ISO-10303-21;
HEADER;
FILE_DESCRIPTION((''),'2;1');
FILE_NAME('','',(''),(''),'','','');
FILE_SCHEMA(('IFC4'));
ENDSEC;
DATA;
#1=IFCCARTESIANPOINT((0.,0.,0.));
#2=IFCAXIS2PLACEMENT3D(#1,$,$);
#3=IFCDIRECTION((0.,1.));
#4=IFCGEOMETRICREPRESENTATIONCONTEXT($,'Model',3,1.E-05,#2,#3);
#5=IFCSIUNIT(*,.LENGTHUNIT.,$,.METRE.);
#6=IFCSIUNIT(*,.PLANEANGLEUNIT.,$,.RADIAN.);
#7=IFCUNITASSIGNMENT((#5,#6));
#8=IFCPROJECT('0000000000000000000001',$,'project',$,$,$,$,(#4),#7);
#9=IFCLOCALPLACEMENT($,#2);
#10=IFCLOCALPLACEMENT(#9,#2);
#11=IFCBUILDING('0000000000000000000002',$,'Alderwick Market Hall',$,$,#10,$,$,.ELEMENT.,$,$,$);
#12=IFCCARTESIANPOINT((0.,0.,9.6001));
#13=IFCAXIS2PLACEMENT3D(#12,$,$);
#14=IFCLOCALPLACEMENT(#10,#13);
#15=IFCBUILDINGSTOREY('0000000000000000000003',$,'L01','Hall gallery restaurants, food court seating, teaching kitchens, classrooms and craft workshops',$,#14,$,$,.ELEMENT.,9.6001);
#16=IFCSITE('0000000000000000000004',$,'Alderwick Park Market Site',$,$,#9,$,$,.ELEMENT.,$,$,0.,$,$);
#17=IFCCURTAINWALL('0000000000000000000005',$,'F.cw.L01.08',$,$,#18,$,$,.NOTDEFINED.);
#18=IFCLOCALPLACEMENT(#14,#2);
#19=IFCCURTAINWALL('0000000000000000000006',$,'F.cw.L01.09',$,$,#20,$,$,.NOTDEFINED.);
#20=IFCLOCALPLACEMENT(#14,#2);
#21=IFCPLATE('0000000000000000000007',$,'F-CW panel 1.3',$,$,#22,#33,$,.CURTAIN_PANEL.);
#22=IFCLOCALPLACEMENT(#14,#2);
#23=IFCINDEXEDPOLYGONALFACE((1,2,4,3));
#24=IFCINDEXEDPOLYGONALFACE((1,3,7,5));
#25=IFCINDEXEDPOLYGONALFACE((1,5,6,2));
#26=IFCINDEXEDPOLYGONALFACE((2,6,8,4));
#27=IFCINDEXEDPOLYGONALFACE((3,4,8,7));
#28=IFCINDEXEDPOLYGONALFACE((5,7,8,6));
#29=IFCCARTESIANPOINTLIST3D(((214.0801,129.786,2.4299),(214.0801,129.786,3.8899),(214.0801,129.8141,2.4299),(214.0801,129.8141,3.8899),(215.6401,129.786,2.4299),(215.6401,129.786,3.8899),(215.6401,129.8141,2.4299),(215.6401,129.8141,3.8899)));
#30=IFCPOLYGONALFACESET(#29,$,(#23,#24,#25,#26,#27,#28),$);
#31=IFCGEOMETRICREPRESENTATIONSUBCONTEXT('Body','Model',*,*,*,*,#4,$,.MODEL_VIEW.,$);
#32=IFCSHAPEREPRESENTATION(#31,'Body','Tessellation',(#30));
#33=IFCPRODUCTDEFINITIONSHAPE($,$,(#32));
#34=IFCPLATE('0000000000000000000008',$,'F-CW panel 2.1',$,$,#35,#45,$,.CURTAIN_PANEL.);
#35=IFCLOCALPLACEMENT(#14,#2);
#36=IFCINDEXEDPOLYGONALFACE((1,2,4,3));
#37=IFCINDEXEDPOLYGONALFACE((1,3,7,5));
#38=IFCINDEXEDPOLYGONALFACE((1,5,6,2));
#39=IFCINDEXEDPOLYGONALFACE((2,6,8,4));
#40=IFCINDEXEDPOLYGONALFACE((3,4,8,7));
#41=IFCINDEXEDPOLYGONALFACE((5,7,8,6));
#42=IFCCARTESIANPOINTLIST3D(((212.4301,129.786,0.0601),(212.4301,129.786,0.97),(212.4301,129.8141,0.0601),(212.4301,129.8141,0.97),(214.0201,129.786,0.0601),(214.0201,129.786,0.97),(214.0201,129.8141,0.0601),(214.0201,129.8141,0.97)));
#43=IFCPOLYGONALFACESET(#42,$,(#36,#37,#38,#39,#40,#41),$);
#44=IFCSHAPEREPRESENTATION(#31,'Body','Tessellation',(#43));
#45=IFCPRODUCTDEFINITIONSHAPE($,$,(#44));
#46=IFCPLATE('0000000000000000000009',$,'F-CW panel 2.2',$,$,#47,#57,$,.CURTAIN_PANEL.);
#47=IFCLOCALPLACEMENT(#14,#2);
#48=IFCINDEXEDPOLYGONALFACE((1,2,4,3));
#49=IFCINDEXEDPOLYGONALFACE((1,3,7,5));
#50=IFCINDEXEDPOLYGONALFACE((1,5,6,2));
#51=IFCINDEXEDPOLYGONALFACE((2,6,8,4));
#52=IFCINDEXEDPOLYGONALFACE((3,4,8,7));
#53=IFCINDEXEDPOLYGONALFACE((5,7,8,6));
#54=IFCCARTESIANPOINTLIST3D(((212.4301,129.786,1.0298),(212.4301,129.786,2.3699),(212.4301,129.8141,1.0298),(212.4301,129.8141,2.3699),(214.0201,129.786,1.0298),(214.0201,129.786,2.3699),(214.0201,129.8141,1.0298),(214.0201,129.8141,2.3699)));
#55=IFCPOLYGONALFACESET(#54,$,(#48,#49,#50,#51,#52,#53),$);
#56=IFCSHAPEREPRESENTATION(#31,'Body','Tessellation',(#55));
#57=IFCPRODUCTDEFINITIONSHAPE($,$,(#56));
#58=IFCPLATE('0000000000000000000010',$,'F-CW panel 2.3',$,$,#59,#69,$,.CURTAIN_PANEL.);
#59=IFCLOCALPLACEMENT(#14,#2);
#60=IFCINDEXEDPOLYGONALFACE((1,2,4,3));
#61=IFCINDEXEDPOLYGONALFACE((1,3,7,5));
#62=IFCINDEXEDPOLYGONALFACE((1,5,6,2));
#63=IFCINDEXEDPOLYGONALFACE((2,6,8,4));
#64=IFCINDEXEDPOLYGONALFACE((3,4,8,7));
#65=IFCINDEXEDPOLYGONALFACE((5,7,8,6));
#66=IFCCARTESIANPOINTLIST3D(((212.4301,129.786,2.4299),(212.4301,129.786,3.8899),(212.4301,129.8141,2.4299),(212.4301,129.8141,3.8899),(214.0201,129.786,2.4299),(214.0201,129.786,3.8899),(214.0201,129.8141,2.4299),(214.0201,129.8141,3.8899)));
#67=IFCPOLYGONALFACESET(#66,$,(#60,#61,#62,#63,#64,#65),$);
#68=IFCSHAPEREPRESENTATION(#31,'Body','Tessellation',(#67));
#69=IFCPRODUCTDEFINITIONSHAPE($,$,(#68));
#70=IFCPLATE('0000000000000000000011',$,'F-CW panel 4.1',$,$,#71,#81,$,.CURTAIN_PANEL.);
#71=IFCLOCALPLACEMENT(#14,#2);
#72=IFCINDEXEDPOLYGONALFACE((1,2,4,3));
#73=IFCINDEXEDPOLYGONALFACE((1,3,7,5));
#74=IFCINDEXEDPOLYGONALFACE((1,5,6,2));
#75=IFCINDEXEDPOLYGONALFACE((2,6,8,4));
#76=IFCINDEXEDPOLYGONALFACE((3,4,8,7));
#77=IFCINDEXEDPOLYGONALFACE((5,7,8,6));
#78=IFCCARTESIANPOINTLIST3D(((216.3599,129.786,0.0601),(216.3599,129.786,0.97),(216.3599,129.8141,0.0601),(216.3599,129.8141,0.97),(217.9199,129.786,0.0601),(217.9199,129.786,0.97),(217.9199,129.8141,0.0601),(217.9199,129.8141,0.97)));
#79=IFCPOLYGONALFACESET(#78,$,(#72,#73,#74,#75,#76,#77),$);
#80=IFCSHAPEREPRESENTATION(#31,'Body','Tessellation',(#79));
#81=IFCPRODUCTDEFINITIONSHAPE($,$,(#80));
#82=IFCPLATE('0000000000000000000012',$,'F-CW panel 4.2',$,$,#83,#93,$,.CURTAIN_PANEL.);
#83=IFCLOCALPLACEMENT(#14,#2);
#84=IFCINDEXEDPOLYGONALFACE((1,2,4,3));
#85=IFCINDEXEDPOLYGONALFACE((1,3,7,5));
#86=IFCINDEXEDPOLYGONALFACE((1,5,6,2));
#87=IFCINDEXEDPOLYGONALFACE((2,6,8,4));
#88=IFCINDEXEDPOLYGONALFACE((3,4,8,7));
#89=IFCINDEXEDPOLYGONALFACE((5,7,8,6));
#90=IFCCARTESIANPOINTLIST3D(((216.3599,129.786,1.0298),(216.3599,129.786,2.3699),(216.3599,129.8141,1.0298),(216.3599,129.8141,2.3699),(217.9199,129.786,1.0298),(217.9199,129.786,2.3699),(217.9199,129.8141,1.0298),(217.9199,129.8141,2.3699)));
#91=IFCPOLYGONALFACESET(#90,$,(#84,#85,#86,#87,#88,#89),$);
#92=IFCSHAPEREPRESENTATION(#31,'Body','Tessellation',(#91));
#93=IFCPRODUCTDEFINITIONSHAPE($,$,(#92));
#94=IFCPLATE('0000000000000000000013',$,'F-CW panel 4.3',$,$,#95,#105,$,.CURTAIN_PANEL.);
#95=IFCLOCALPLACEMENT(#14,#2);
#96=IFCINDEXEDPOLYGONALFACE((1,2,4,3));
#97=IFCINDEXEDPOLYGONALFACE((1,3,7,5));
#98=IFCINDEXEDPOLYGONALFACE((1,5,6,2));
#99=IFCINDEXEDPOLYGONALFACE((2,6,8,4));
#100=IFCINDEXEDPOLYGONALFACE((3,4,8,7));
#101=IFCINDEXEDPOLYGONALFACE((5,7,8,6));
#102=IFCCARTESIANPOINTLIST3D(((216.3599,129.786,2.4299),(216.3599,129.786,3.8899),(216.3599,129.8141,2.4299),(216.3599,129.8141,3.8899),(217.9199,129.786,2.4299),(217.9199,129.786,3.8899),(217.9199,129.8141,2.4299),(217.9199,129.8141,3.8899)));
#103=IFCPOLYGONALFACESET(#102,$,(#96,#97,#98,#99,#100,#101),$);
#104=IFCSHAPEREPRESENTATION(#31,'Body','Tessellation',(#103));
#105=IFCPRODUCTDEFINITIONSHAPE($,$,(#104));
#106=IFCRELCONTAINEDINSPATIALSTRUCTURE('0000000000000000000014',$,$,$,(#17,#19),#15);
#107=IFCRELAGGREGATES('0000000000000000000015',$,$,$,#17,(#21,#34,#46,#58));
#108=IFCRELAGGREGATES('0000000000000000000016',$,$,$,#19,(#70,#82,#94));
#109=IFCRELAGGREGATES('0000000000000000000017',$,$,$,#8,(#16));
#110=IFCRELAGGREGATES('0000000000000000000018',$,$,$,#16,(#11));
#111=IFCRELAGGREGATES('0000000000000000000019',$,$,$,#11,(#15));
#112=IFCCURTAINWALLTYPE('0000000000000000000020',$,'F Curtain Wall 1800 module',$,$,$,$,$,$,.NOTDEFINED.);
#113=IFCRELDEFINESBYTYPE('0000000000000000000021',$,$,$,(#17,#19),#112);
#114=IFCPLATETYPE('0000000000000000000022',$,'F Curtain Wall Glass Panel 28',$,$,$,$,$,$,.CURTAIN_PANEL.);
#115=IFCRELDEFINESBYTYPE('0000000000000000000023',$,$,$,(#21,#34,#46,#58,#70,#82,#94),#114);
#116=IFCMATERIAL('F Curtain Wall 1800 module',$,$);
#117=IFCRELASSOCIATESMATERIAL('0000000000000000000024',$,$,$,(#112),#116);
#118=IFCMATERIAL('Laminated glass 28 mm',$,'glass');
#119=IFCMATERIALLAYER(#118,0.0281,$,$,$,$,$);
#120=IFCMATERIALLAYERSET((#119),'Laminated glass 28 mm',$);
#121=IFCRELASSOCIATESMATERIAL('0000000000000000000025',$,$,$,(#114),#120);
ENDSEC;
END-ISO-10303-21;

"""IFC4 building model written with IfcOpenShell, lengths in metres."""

from ifc_helpers import new_model, si_unit, direction, frame, origin, origin_2d, place, context, subcontext, project, spatial, rectangle, extrude, material, layer, layer_set, type_object, element, aggregate, save


model = new_model("IFC4")

# Units and contexts
model_context = context("Model", 3, precision=1e-05, world=origin(), true_north=direction((0.0, 1.0)))
body_context = subcontext(model_context, "Body", "Model", "MODEL_VIEW")
ifc_project = project(units=[si_unit("LENGTHUNIT", "METRE"), si_unit("PLANEANGLEUNIT", "RADIAN")], contexts=[model_context])

# Site, building, storey
site_placement = place(None, origin())
site = spatial("IfcSite", under=ifc_project, at=site_placement, Name="Alderwick Park Market Site", CompositionType="ELEMENT", RefElevation=0.0)
building_placement = place(site_placement, origin())
building = spatial("IfcBuilding", under=site, at=building_placement, Name="Alderwick Market Hall", CompositionType="ELEMENT")
storey_placement = place(building_placement, frame((0.0, 0.0, 9.6001)))
storey = spatial("IfcBuildingStorey", under=building, at=storey_placement, Name="L01", Description="Hall gallery restaurants, food court seating, teaching kitchens, classrooms and craft workshops", CompositionType="ELEMENT", Elevation=9.6001)

# Curtain wall
ifc_material_1 = material(Name="F Curtain Wall 1800 module")
curtain_wall_type = type_object("IfcCurtainWallType", Name="F Curtain Wall 1800 module", PredefinedType="NOTDEFINED", material=ifc_material_1)
curtain_wall_1_placement = place(storey_placement, origin())
curtain_wall_1 = element("IfcCurtainWall", 1, at=curtain_wall_1_placement, inside=storey, type_object=curtain_wall_type, Name="F.cw.L01.08", PredefinedType="NOTDEFINED")

# Curtain wall
curtain_wall_2_placement = place(storey_placement, origin())
curtain_wall_2 = element("IfcCurtainWall", 2, at=curtain_wall_2_placement, inside=storey, type_object=curtain_wall_type, Name="F.cw.L01.09", PredefinedType="NOTDEFINED")

# Plates
ifc_material_2 = material(Name="Laminated glass 28 mm", Category="glass")
ifc_layer = layer(ifc_material_2, 0.0281)
ifc_layer_set = layer_set([ifc_layer], Name="Laminated glass 28 mm")
plate_type = type_object("IfcPlateType", Name="F Curtain Wall Glass Panel 28", PredefinedType="CURTAIN_PANEL", material=ifc_layer_set)
plate_1_placement = place(storey_placement, frame((214.8601, 129.8, 2.4299), z_axis=(0.0, 0.0, 1.0), x_axis=(-1.0, 0.0, 0.0)))
plate_1 = element("IfcPlate", 3, at=plate_1_placement, type_object=plate_type, Name="F-CW panel 1.3", PredefinedType="CURTAIN_PANEL", context=body_context, shape_type="SweptSolid", body=[
    extrude(rectangle(XDim=1.5601, YDim=0.0281, at=origin_2d()), origin(), (0.0, 0.0, 1.0), 1.46),
])
plate_2_placement = place(storey_placement, frame((213.2251, 129.8, 0.0601), z_axis=(0.0, 0.0, 1.0), x_axis=(-1.0, 0.0, 0.0)))
plate_2 = element("IfcPlate", 4, at=plate_2_placement, type_object=plate_type, Name="F-CW panel 2.1", PredefinedType="CURTAIN_PANEL", context=body_context, shape_type="SweptSolid", body=[
    extrude(rectangle(XDim=1.5901, YDim=0.0281, at=origin_2d()), origin(), (0.0, 0.0, 1.0), 0.9099),
])
plate_3_placement = place(storey_placement, frame((213.2251, 129.8, 1.0298), z_axis=(0.0, 0.0, 1.0), x_axis=(-1.0, 0.0, 0.0)))
plate_3 = element("IfcPlate", 5, at=plate_3_placement, type_object=plate_type, Name="F-CW panel 2.2", PredefinedType="CURTAIN_PANEL", context=body_context, shape_type="SweptSolid", body=[
    extrude(rectangle(XDim=1.5901, YDim=0.0281, at=origin_2d()), origin(), (0.0, 0.0, 1.0), 1.3401),
])
plate_4_placement = place(storey_placement, frame((213.2251, 129.8, 2.4299), z_axis=(0.0, 0.0, 1.0), x_axis=(-1.0, 0.0, 0.0)))
plate_4 = element("IfcPlate", 6, at=plate_4_placement, type_object=plate_type, Name="F-CW panel 2.3", PredefinedType="CURTAIN_PANEL", context=body_context, shape_type="SweptSolid", body=[
    extrude(rectangle(XDim=1.5901, YDim=0.0281, at=origin_2d()), origin(), (0.0, 0.0, 1.0), 1.46),
])
aggregate(curtain_wall_1, [plate_1, plate_2, plate_3, plate_4])
plate_5_placement = place(storey_placement, frame((217.1399, 129.8, 0.0601), z_axis=(0.0, 0.0, 1.0), x_axis=(-1.0, 0.0, 0.0)))
plate_5 = element("IfcPlate", 7, at=plate_5_placement, type_object=plate_type, Name="F-CW panel 4.1", PredefinedType="CURTAIN_PANEL", context=body_context, shape_type="SweptSolid", body=[
    extrude(rectangle(XDim=1.5601, YDim=0.0281, at=origin_2d()), origin(), (0.0, 0.0, 1.0), 0.9099),
])
plate_6_placement = place(storey_placement, frame((217.1399, 129.8, 1.0298), z_axis=(0.0, 0.0, 1.0), x_axis=(-1.0, 0.0, 0.0)))
plate_6 = element("IfcPlate", 8, at=plate_6_placement, type_object=plate_type, Name="F-CW panel 4.2", PredefinedType="CURTAIN_PANEL", context=body_context, shape_type="SweptSolid", body=[
    extrude(rectangle(XDim=1.5601, YDim=0.0281, at=origin_2d()), origin(), (0.0, 0.0, 1.0), 1.3401),
])
plate_7_placement = place(storey_placement, frame((217.1399, 129.8, 2.4299), z_axis=(0.0, 0.0, 1.0), x_axis=(-1.0, 0.0, 0.0)))
plate_7 = element("IfcPlate", 9, at=plate_7_placement, type_object=plate_type, Name="F-CW panel 4.3", PredefinedType="CURTAIN_PANEL", context=body_context, shape_type="SweptSolid", body=[
    extrude(rectangle(XDim=1.5601, YDim=0.0281, at=origin_2d()), origin(), (0.0, 0.0, 1.0), 1.46),
])
aggregate(curtain_wall_2, [plate_5, plate_6, plate_7])

save(model, "model.ifc")
